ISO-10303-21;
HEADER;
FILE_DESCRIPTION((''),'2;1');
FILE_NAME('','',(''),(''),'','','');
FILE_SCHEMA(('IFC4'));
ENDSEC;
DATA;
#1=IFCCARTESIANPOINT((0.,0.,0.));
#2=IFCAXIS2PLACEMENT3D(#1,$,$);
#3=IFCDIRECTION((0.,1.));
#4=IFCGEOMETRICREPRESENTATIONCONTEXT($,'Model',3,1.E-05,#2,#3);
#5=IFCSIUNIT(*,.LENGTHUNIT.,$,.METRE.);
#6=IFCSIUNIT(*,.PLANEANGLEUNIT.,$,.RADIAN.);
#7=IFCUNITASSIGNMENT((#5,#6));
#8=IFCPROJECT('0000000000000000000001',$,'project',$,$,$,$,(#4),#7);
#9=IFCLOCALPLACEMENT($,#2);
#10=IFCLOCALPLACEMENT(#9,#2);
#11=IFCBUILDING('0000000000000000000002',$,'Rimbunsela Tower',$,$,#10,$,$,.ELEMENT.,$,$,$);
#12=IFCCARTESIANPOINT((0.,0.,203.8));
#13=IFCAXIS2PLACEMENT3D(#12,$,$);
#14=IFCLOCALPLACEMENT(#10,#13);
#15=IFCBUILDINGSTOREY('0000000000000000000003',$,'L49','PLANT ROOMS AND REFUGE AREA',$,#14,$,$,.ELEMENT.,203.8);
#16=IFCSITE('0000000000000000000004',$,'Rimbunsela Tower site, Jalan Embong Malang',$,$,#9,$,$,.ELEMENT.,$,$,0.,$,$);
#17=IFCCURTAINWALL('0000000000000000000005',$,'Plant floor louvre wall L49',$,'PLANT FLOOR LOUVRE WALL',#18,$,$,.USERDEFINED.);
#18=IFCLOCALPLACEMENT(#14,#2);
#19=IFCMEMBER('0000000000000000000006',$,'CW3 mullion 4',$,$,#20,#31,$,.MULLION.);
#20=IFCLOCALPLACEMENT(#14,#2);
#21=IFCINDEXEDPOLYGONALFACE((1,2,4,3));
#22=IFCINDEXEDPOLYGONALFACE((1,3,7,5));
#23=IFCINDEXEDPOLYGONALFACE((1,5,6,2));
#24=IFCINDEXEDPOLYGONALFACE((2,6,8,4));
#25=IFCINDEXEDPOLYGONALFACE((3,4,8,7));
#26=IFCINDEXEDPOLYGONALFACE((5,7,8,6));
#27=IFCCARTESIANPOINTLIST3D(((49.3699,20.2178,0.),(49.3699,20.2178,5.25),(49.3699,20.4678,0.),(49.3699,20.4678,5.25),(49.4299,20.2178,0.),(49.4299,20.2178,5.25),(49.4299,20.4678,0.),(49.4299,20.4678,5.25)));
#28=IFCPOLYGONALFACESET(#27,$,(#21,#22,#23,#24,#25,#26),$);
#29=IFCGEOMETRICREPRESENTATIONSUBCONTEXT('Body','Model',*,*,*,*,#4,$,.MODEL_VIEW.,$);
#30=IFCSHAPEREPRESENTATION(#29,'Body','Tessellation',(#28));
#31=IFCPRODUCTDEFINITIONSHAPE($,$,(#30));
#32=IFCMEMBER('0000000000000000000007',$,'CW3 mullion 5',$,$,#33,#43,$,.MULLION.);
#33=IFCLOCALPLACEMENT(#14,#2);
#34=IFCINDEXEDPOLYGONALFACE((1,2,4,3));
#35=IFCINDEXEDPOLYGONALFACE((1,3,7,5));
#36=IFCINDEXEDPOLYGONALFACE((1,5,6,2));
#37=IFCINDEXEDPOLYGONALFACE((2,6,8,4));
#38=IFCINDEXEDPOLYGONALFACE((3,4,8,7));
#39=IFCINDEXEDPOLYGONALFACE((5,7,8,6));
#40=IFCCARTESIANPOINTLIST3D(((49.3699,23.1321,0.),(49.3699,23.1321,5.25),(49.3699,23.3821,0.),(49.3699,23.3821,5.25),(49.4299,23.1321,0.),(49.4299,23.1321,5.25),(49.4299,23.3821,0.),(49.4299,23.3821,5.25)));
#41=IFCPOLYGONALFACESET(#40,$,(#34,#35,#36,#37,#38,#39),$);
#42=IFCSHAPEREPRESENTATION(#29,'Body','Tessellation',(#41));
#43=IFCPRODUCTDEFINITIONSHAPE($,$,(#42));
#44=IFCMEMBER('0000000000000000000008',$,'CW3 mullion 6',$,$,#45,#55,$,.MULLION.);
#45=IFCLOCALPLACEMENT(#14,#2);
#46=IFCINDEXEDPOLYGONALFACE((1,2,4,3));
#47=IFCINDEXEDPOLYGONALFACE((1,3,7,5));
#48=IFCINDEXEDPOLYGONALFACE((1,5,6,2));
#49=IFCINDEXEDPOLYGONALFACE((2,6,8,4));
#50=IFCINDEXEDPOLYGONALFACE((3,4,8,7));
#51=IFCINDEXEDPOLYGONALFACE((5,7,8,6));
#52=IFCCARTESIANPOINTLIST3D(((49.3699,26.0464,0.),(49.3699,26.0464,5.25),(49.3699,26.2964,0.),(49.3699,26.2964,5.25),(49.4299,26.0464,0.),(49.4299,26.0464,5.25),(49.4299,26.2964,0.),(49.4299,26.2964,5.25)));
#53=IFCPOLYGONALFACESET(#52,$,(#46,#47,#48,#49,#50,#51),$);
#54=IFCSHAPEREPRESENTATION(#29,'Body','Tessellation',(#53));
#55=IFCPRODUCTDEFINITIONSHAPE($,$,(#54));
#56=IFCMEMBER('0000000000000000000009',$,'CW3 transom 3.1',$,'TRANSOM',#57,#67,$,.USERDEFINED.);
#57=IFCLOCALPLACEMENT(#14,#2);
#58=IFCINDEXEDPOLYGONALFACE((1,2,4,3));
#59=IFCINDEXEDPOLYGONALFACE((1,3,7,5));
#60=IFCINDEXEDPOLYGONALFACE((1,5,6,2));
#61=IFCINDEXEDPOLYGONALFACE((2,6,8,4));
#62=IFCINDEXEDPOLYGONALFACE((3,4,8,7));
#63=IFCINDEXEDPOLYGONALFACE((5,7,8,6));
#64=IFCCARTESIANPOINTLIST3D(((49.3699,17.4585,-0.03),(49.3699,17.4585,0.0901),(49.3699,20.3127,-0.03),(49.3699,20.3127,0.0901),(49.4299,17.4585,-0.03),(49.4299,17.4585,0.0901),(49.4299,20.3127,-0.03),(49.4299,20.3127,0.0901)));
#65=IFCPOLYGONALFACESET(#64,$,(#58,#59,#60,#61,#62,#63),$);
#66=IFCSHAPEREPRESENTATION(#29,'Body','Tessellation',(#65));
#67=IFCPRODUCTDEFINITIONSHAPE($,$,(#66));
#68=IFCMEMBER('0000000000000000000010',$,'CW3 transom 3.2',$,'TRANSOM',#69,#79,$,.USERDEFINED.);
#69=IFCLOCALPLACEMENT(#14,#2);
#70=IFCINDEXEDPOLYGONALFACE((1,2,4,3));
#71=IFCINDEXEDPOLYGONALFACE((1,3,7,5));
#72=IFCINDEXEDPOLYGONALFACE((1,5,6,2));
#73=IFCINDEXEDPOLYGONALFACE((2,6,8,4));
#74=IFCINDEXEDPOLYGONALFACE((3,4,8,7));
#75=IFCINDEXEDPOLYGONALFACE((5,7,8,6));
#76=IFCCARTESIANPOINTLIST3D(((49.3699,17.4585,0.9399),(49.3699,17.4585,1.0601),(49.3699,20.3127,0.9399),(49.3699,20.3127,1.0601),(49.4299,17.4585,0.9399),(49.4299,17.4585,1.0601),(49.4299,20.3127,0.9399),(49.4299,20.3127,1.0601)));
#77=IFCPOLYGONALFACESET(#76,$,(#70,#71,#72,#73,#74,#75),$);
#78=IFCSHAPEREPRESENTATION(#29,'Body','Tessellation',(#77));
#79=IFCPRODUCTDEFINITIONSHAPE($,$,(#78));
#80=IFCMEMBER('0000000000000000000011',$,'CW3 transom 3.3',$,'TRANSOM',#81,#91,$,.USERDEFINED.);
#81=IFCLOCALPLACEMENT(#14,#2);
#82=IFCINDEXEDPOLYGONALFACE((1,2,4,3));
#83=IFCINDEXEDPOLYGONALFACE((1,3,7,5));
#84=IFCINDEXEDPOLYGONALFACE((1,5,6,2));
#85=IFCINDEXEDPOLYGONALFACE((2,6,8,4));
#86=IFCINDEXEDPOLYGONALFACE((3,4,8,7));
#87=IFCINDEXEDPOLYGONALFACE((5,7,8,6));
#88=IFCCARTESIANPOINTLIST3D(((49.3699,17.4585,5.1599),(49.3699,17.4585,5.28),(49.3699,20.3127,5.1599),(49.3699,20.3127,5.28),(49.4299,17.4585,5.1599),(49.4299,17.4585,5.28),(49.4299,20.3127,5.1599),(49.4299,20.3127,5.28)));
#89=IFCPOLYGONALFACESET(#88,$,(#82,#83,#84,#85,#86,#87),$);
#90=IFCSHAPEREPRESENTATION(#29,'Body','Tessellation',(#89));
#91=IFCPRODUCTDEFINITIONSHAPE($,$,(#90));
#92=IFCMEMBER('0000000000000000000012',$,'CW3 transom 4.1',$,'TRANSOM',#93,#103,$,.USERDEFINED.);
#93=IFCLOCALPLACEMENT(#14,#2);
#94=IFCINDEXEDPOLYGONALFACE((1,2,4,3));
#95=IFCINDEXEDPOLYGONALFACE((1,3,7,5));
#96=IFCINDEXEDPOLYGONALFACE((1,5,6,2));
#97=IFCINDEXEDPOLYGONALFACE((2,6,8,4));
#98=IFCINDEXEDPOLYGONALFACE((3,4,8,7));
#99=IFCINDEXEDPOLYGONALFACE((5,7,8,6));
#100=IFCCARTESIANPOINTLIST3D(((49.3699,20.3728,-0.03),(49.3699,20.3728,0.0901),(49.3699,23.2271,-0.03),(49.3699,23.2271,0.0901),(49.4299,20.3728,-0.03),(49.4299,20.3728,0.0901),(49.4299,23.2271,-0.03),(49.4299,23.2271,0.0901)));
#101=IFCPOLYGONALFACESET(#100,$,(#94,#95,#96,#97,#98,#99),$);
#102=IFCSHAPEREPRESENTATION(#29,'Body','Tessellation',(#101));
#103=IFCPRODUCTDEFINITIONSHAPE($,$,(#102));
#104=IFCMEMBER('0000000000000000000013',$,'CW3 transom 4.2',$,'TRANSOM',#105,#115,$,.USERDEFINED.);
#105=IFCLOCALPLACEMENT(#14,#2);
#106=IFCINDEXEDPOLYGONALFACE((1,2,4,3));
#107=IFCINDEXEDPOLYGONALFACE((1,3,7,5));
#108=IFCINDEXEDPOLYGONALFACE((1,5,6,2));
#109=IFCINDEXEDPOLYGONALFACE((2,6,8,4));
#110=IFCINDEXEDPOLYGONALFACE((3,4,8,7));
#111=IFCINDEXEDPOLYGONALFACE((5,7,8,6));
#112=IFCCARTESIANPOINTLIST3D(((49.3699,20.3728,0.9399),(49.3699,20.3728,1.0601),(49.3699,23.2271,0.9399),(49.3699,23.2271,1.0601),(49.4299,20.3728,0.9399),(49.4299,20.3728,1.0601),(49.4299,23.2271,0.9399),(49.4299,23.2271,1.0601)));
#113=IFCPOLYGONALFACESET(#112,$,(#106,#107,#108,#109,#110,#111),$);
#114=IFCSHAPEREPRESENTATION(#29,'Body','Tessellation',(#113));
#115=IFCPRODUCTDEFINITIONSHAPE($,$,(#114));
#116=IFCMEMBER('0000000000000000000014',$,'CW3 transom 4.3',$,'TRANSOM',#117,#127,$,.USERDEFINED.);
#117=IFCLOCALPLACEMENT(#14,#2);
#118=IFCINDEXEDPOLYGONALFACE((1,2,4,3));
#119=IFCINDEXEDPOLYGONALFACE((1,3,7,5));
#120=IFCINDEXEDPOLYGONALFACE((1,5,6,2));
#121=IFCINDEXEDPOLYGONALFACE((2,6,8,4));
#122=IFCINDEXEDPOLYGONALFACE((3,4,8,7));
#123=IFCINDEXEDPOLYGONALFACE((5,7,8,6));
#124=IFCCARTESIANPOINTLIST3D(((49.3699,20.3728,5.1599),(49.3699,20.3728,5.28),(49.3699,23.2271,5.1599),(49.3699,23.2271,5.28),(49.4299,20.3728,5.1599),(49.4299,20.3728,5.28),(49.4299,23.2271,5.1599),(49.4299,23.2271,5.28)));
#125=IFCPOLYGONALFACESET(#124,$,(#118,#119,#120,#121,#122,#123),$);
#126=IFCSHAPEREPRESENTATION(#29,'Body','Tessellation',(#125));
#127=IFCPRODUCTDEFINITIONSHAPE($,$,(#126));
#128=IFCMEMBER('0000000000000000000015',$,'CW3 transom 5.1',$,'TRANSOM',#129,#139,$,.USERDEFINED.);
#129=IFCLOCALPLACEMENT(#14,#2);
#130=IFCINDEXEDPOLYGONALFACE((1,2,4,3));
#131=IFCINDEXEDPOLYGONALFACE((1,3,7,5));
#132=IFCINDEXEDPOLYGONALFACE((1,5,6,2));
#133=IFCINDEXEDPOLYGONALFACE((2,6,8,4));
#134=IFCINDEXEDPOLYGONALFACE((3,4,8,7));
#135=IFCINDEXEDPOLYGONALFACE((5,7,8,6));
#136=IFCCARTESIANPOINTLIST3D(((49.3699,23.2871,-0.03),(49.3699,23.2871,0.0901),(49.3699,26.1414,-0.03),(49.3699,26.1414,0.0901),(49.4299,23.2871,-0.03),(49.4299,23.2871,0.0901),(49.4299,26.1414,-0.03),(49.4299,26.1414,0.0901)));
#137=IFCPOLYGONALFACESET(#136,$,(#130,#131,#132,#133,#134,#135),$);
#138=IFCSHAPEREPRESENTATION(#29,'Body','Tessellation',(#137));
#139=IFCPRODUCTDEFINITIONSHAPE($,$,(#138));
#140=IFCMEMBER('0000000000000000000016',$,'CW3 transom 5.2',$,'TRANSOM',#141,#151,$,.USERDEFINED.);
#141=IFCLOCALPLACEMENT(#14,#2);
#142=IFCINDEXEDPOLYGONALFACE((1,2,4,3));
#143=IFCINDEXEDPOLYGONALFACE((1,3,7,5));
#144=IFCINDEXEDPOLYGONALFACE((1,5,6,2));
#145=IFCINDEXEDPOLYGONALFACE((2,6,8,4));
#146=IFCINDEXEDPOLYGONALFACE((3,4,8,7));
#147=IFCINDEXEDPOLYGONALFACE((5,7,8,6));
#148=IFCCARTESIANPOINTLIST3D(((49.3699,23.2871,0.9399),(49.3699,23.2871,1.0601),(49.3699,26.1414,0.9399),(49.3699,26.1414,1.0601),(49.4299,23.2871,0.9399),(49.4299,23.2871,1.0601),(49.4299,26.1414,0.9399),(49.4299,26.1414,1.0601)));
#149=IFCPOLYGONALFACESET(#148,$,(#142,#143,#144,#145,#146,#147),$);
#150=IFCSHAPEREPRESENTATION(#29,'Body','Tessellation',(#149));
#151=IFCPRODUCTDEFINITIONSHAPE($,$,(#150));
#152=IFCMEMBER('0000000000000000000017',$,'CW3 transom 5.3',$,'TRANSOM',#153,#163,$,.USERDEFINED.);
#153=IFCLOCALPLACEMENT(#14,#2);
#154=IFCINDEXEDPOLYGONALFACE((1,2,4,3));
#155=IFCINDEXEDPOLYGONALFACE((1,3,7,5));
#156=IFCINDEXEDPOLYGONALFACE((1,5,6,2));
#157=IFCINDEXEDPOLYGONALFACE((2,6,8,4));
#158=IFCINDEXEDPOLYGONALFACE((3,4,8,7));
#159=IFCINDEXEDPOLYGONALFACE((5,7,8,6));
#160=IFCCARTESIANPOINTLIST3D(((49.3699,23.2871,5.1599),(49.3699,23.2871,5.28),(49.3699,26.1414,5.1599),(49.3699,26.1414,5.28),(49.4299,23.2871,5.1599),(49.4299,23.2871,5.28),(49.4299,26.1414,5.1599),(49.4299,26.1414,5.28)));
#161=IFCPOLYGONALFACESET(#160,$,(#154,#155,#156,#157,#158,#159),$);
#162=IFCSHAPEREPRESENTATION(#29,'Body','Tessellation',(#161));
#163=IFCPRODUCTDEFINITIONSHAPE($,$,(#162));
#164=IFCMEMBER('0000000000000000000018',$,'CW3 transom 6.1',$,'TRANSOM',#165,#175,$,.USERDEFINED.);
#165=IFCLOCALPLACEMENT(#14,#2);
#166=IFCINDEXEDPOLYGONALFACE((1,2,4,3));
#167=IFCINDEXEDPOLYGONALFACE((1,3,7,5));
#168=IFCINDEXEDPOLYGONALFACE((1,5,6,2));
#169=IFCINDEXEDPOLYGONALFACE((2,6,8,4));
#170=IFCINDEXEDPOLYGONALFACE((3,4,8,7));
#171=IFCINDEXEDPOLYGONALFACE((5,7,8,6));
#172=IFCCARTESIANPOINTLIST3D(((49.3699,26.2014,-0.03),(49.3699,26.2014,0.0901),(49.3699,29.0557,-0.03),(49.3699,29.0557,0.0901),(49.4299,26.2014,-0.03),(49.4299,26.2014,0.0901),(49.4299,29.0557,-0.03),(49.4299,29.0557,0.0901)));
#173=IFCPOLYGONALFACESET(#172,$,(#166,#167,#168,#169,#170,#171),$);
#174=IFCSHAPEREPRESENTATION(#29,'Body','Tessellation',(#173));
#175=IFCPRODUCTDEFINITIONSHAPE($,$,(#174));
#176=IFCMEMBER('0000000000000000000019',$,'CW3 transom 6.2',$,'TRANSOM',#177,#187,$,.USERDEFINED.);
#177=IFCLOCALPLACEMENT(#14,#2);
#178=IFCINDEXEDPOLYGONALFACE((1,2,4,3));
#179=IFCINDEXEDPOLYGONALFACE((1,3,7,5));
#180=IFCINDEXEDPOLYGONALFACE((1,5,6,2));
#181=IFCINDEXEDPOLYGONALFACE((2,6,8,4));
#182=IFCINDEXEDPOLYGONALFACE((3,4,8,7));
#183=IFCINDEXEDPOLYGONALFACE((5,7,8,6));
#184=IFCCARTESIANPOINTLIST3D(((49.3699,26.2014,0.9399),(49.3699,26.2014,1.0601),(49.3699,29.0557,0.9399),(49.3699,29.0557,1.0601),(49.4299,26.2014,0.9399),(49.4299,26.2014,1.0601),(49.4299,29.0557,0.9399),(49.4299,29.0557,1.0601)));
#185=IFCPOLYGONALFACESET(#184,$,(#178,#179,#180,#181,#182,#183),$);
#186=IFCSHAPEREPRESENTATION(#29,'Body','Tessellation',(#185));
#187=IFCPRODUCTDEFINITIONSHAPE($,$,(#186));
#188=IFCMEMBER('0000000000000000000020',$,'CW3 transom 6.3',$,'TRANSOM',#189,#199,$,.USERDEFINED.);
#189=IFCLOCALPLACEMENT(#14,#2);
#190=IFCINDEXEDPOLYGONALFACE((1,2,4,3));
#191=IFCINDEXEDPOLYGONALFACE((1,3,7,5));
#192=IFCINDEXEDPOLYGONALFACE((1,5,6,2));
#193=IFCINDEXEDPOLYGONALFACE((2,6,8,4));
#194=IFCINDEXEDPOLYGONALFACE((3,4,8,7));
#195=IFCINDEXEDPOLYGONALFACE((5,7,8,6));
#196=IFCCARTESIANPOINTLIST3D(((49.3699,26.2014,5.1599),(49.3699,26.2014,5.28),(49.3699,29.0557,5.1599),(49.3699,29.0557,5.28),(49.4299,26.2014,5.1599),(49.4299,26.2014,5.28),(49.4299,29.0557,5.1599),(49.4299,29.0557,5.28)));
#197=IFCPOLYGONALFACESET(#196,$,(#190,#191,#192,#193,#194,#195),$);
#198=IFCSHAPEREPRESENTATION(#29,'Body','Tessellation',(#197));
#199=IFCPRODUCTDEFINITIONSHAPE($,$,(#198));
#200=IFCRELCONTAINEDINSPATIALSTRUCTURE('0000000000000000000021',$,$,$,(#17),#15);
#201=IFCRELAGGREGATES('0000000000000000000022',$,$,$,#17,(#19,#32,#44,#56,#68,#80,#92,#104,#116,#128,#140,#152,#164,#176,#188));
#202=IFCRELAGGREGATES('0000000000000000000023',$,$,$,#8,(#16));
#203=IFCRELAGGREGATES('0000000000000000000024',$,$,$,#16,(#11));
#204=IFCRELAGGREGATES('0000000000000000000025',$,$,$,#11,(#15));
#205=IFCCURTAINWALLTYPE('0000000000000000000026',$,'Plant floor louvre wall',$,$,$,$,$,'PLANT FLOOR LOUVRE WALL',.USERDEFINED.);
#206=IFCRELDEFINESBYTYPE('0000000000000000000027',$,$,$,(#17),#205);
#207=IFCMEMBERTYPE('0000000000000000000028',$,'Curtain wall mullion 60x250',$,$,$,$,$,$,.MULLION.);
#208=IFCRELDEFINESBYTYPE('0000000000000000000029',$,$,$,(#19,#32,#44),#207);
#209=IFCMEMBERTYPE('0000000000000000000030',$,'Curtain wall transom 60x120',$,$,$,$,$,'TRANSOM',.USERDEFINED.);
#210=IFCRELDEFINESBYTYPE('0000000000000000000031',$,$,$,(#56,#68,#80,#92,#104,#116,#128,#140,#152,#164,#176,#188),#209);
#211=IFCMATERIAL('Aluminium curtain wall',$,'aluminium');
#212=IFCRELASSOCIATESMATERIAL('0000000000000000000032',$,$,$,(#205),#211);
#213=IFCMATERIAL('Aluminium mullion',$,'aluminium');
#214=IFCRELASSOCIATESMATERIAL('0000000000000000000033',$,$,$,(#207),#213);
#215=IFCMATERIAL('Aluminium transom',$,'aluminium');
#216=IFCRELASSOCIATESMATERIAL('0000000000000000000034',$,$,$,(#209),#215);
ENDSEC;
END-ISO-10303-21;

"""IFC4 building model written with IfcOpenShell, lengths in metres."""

from ifc_helpers import new_model, si_unit, direction, frame, origin, origin_2d, place, context, subcontext, project, spatial, rectangle, extrude, material, material_profile, profile_set, type_object, element, aggregate, save


model = new_model("IFC4")

# Units and contexts
model_context = context("Model", 3, precision=1e-05, world=origin(), true_north=direction((0.0, 1.0)))
body_context = subcontext(model_context, "Body", "Model", "MODEL_VIEW")
ifc_project = project(units=[si_unit("LENGTHUNIT", "METRE"), si_unit("PLANEANGLEUNIT", "RADIAN")], contexts=[model_context])

# Site, building, storey
site_placement = place(None, origin())
site = spatial("IfcSite", under=ifc_project, at=site_placement, Name="Rimbunsela Tower site, Jalan Embong Malang", CompositionType="ELEMENT", RefElevation=0.0)
building_placement = place(site_placement, origin())
building = spatial("IfcBuilding", under=site, at=building_placement, Name="Rimbunsela Tower", CompositionType="ELEMENT")
storey_placement = place(building_placement, frame((0.0, 0.0, 203.8)))
storey = spatial("IfcBuildingStorey", under=building, at=storey_placement, Name="L49", Description="PLANT ROOMS AND REFUGE AREA", CompositionType="ELEMENT", Elevation=203.8)

# Curtain wall, members
ifc_material_1 = material(Name="Aluminium curtain wall", Category="aluminium")
curtain_wall_type = type_object("IfcCurtainWallType", Name="Plant floor louvre wall", ElementType="PLANT FLOOR LOUVRE WALL", PredefinedType="USERDEFINED", material=ifc_material_1)
curtain_wall_placement = place(storey_placement, origin())
curtain_wall = element("IfcCurtainWall", 1, at=curtain_wall_placement, inside=storey, type_object=curtain_wall_type, Name="Plant floor louvre wall L49", ObjectType="PLANT FLOOR LOUVRE WALL", PredefinedType="USERDEFINED")
ifc_material_2 = material(Name="Aluminium mullion", Category="aluminium")
ifc_material_profile_1 = material_profile(ifc_material_2, rectangle(XDim=0.0601, YDim=0.25, at=origin_2d()), Name="Mullion 60x250")
ifc_profile_set_1 = profile_set([ifc_material_profile_1], Name="Aluminium mullion")
member_type_1 = type_object("IfcMemberType", Name="Curtain wall mullion 60x250", PredefinedType="MULLION", material=ifc_profile_set_1)
member_1_placement = place(storey_placement, frame((49.3999, 20.3428, 0.0), z_axis=(0.0, 0.0, 1.0), x_axis=(-1.0, 0.0, 0.0)))
member_1 = element("IfcMember", 2, at=member_1_placement, type_object=member_type_1, Name="CW3 mullion 4", PredefinedType="MULLION", context=body_context, shape_type="SweptSolid", body=[
    extrude(rectangle(XDim=0.0601, YDim=0.25, at=origin_2d()), origin(), (0.0, 0.0, 1.0), 5.25),
])
member_2_placement = place(storey_placement, frame((49.3999, 23.2571, 0.0), z_axis=(0.0, 0.0, 1.0), x_axis=(-1.0, 0.0, 0.0)))
member_2 = element("IfcMember", 3, at=member_2_placement, type_object=member_type_1, Name="CW3 mullion 5", PredefinedType="MULLION", context=body_context, shape_type="SweptSolid", body=[
    extrude(rectangle(XDim=0.0601, YDim=0.25, at=origin_2d()), origin(), (0.0, 0.0, 1.0), 5.25),
])
member_3_placement = place(storey_placement, frame((49.3999, 26.1714, 0.0), z_axis=(0.0, 0.0, 1.0), x_axis=(-1.0, 0.0, 0.0)))
member_3 = element("IfcMember", 4, at=member_3_placement, type_object=member_type_1, Name="CW3 mullion 6", PredefinedType="MULLION", context=body_context, shape_type="SweptSolid", body=[
    extrude(rectangle(XDim=0.0601, YDim=0.25, at=origin_2d()), origin(), (0.0, 0.0, 1.0), 5.25),
])
ifc_material_3 = material(Name="Aluminium transom", Category="aluminium")
ifc_material_profile_2 = material_profile(ifc_material_3, rectangle(XDim=0.0601, YDim=0.1201, at=origin_2d()), Name="Transom 60x120")
ifc_profile_set_2 = profile_set([ifc_material_profile_2], Name="Aluminium transom")
member_type_2 = type_object("IfcMemberType", Name="Curtain wall transom 60x120", ElementType="TRANSOM", PredefinedType="USERDEFINED", material=ifc_profile_set_2)
member_4_placement = place(storey_placement, frame((49.3999, 17.4585, 0.03), z_axis=(0.0, 1.0, 0.0), x_axis=(-1.0, 0.0, 0.0)))
member_4 = element("IfcMember", 5, at=member_4_placement, type_object=member_type_2, Name="CW3 transom 3.1", ObjectType="TRANSOM", PredefinedType="USERDEFINED", context=body_context, shape_type="SweptSolid", body=[
    extrude(rectangle(XDim=0.0601, YDim=0.1201, at=origin_2d()), origin(), (0.0, 0.0, 1.0), 2.8542),
])
member_5_placement = place(storey_placement, frame((49.3999, 17.4585, 1.0), z_axis=(0.0, 1.0, 0.0), x_axis=(-1.0, 0.0, 0.0)))
member_5 = element("IfcMember", 6, at=member_5_placement, type_object=member_type_2, Name="CW3 transom 3.2", ObjectType="TRANSOM", PredefinedType="USERDEFINED", context=body_context, shape_type="SweptSolid", body=[
    extrude(rectangle(XDim=0.0601, YDim=0.1201, at=origin_2d()), origin(), (0.0, 0.0, 1.0), 2.8542),
])
member_6_placement = place(storey_placement, frame((49.3999, 17.4585, 5.22), z_axis=(0.0, 1.0, 0.0), x_axis=(-1.0, 0.0, 0.0)))
member_6 = element("IfcMember", 7, at=member_6_placement, type_object=member_type_2, Name="CW3 transom 3.3", ObjectType="TRANSOM", PredefinedType="USERDEFINED", context=body_context, shape_type="SweptSolid", body=[
    extrude(rectangle(XDim=0.0601, YDim=0.1201, at=origin_2d()), origin(), (0.0, 0.0, 1.0), 2.8542),
])
member_7_placement = place(storey_placement, frame((49.3999, 20.3728, 0.03), z_axis=(0.0, 1.0, 0.0), x_axis=(-1.0, 0.0, 0.0)))
member_7 = element("IfcMember", 8, at=member_7_placement, type_object=member_type_2, Name="CW3 transom 4.1", ObjectType="TRANSOM", PredefinedType="USERDEFINED", context=body_context, shape_type="SweptSolid", body=[
    extrude(rectangle(XDim=0.0601, YDim=0.1201, at=origin_2d()), origin(), (0.0, 0.0, 1.0), 2.8542),
])
member_8_placement = place(storey_placement, frame((49.3999, 20.3728, 1.0), z_axis=(0.0, 1.0, 0.0), x_axis=(-1.0, 0.0, 0.0)))
member_8 = element("IfcMember", 9, at=member_8_placement, type_object=member_type_2, Name="CW3 transom 4.2", ObjectType="TRANSOM", PredefinedType="USERDEFINED", context=body_context, shape_type="SweptSolid", body=[
    extrude(rectangle(XDim=0.0601, YDim=0.1201, at=origin_2d()), origin(), (0.0, 0.0, 1.0), 2.8542),
])
member_9_placement = place(storey_placement, frame((49.3999, 20.3728, 5.22), z_axis=(0.0, 1.0, 0.0), x_axis=(-1.0, 0.0, 0.0)))
member_9 = element("IfcMember", 10, at=member_9_placement, type_object=member_type_2, Name="CW3 transom 4.3", ObjectType="TRANSOM", PredefinedType="USERDEFINED", context=body_context, shape_type="SweptSolid", body=[
    extrude(rectangle(XDim=0.0601, YDim=0.1201, at=origin_2d()), origin(), (0.0, 0.0, 1.0), 2.8542),
])
member_10_placement = place(storey_placement, frame((49.3999, 23.2871, 0.03), z_axis=(0.0, 1.0, 0.0), x_axis=(-1.0, 0.0, 0.0)))
member_10 = element("IfcMember", 11, at=member_10_placement, type_object=member_type_2, Name="CW3 transom 5.1", ObjectType="TRANSOM", PredefinedType="USERDEFINED", context=body_context, shape_type="SweptSolid", body=[
    extrude(rectangle(XDim=0.0601, YDim=0.1201, at=origin_2d()), origin(), (0.0, 0.0, 1.0), 2.8542),
])
member_11_placement = place(storey_placement, frame((49.3999, 23.2871, 1.0), z_axis=(0.0, 1.0, 0.0), x_axis=(-1.0, 0.0, 0.0)))
member_11 = element("IfcMember", 12, at=member_11_placement, type_object=member_type_2, Name="CW3 transom 5.2", ObjectType="TRANSOM", PredefinedType="USERDEFINED", context=body_context, shape_type="SweptSolid", body=[
    extrude(rectangle(XDim=0.0601, YDim=0.1201, at=origin_2d()), origin(), (0.0, 0.0, 1.0), 2.8542),
])
member_12_placement = place(storey_placement, frame((49.3999, 23.2871, 5.22), z_axis=(0.0, 1.0, 0.0), x_axis=(-1.0, 0.0, 0.0)))
member_12 = element("IfcMember", 13, at=member_12_placement, type_object=member_type_2, Name="CW3 transom 5.3", ObjectType="TRANSOM", PredefinedType="USERDEFINED", context=body_context, shape_type="SweptSolid", body=[
    extrude(rectangle(XDim=0.0601, YDim=0.1201, at=origin_2d()), origin(), (0.0, 0.0, 1.0), 2.8542),
])
member_13_placement = place(storey_placement, frame((49.3999, 26.2014, 0.03), z_axis=(0.0, 1.0, 0.0), x_axis=(-1.0, 0.0, 0.0)))
member_13 = element("IfcMember", 14, at=member_13_placement, type_object=member_type_2, Name="CW3 transom 6.1", ObjectType="TRANSOM", PredefinedType="USERDEFINED", context=body_context, shape_type="SweptSolid", body=[
    extrude(rectangle(XDim=0.0601, YDim=0.1201, at=origin_2d()), origin(), (0.0, 0.0, 1.0), 2.8542),
])
member_14_placement = place(storey_placement, frame((49.3999, 26.2014, 1.0), z_axis=(0.0, 1.0, 0.0), x_axis=(-1.0, 0.0, 0.0)))
member_14 = element("IfcMember", 15, at=member_14_placement, type_object=member_type_2, Name="CW3 transom 6.2", ObjectType="TRANSOM", PredefinedType="USERDEFINED", context=body_context, shape_type="SweptSolid", body=[
    extrude(rectangle(XDim=0.0601, YDim=0.1201, at=origin_2d()), origin(), (0.0, 0.0, 1.0), 2.8542),
])
member_15_placement = place(storey_placement, frame((49.3999, 26.2014, 5.22), z_axis=(0.0, 1.0, 0.0), x_axis=(-1.0, 0.0, 0.0)))
member_15 = element("IfcMember", 16, at=member_15_placement, type_object=member_type_2, Name="CW3 transom 6.3", ObjectType="TRANSOM", PredefinedType="USERDEFINED", context=body_context, shape_type="SweptSolid", body=[
    extrude(rectangle(XDim=0.0601, YDim=0.1201, at=origin_2d()), origin(), (0.0, 0.0, 1.0), 2.8542),
])

aggregate(curtain_wall, [member_1, member_2, member_3, member_4, member_5, member_6, member_7, member_8, member_9, member_10, member_11, member_12, member_13, member_14, member_15])

save(model, "model.ifc")
